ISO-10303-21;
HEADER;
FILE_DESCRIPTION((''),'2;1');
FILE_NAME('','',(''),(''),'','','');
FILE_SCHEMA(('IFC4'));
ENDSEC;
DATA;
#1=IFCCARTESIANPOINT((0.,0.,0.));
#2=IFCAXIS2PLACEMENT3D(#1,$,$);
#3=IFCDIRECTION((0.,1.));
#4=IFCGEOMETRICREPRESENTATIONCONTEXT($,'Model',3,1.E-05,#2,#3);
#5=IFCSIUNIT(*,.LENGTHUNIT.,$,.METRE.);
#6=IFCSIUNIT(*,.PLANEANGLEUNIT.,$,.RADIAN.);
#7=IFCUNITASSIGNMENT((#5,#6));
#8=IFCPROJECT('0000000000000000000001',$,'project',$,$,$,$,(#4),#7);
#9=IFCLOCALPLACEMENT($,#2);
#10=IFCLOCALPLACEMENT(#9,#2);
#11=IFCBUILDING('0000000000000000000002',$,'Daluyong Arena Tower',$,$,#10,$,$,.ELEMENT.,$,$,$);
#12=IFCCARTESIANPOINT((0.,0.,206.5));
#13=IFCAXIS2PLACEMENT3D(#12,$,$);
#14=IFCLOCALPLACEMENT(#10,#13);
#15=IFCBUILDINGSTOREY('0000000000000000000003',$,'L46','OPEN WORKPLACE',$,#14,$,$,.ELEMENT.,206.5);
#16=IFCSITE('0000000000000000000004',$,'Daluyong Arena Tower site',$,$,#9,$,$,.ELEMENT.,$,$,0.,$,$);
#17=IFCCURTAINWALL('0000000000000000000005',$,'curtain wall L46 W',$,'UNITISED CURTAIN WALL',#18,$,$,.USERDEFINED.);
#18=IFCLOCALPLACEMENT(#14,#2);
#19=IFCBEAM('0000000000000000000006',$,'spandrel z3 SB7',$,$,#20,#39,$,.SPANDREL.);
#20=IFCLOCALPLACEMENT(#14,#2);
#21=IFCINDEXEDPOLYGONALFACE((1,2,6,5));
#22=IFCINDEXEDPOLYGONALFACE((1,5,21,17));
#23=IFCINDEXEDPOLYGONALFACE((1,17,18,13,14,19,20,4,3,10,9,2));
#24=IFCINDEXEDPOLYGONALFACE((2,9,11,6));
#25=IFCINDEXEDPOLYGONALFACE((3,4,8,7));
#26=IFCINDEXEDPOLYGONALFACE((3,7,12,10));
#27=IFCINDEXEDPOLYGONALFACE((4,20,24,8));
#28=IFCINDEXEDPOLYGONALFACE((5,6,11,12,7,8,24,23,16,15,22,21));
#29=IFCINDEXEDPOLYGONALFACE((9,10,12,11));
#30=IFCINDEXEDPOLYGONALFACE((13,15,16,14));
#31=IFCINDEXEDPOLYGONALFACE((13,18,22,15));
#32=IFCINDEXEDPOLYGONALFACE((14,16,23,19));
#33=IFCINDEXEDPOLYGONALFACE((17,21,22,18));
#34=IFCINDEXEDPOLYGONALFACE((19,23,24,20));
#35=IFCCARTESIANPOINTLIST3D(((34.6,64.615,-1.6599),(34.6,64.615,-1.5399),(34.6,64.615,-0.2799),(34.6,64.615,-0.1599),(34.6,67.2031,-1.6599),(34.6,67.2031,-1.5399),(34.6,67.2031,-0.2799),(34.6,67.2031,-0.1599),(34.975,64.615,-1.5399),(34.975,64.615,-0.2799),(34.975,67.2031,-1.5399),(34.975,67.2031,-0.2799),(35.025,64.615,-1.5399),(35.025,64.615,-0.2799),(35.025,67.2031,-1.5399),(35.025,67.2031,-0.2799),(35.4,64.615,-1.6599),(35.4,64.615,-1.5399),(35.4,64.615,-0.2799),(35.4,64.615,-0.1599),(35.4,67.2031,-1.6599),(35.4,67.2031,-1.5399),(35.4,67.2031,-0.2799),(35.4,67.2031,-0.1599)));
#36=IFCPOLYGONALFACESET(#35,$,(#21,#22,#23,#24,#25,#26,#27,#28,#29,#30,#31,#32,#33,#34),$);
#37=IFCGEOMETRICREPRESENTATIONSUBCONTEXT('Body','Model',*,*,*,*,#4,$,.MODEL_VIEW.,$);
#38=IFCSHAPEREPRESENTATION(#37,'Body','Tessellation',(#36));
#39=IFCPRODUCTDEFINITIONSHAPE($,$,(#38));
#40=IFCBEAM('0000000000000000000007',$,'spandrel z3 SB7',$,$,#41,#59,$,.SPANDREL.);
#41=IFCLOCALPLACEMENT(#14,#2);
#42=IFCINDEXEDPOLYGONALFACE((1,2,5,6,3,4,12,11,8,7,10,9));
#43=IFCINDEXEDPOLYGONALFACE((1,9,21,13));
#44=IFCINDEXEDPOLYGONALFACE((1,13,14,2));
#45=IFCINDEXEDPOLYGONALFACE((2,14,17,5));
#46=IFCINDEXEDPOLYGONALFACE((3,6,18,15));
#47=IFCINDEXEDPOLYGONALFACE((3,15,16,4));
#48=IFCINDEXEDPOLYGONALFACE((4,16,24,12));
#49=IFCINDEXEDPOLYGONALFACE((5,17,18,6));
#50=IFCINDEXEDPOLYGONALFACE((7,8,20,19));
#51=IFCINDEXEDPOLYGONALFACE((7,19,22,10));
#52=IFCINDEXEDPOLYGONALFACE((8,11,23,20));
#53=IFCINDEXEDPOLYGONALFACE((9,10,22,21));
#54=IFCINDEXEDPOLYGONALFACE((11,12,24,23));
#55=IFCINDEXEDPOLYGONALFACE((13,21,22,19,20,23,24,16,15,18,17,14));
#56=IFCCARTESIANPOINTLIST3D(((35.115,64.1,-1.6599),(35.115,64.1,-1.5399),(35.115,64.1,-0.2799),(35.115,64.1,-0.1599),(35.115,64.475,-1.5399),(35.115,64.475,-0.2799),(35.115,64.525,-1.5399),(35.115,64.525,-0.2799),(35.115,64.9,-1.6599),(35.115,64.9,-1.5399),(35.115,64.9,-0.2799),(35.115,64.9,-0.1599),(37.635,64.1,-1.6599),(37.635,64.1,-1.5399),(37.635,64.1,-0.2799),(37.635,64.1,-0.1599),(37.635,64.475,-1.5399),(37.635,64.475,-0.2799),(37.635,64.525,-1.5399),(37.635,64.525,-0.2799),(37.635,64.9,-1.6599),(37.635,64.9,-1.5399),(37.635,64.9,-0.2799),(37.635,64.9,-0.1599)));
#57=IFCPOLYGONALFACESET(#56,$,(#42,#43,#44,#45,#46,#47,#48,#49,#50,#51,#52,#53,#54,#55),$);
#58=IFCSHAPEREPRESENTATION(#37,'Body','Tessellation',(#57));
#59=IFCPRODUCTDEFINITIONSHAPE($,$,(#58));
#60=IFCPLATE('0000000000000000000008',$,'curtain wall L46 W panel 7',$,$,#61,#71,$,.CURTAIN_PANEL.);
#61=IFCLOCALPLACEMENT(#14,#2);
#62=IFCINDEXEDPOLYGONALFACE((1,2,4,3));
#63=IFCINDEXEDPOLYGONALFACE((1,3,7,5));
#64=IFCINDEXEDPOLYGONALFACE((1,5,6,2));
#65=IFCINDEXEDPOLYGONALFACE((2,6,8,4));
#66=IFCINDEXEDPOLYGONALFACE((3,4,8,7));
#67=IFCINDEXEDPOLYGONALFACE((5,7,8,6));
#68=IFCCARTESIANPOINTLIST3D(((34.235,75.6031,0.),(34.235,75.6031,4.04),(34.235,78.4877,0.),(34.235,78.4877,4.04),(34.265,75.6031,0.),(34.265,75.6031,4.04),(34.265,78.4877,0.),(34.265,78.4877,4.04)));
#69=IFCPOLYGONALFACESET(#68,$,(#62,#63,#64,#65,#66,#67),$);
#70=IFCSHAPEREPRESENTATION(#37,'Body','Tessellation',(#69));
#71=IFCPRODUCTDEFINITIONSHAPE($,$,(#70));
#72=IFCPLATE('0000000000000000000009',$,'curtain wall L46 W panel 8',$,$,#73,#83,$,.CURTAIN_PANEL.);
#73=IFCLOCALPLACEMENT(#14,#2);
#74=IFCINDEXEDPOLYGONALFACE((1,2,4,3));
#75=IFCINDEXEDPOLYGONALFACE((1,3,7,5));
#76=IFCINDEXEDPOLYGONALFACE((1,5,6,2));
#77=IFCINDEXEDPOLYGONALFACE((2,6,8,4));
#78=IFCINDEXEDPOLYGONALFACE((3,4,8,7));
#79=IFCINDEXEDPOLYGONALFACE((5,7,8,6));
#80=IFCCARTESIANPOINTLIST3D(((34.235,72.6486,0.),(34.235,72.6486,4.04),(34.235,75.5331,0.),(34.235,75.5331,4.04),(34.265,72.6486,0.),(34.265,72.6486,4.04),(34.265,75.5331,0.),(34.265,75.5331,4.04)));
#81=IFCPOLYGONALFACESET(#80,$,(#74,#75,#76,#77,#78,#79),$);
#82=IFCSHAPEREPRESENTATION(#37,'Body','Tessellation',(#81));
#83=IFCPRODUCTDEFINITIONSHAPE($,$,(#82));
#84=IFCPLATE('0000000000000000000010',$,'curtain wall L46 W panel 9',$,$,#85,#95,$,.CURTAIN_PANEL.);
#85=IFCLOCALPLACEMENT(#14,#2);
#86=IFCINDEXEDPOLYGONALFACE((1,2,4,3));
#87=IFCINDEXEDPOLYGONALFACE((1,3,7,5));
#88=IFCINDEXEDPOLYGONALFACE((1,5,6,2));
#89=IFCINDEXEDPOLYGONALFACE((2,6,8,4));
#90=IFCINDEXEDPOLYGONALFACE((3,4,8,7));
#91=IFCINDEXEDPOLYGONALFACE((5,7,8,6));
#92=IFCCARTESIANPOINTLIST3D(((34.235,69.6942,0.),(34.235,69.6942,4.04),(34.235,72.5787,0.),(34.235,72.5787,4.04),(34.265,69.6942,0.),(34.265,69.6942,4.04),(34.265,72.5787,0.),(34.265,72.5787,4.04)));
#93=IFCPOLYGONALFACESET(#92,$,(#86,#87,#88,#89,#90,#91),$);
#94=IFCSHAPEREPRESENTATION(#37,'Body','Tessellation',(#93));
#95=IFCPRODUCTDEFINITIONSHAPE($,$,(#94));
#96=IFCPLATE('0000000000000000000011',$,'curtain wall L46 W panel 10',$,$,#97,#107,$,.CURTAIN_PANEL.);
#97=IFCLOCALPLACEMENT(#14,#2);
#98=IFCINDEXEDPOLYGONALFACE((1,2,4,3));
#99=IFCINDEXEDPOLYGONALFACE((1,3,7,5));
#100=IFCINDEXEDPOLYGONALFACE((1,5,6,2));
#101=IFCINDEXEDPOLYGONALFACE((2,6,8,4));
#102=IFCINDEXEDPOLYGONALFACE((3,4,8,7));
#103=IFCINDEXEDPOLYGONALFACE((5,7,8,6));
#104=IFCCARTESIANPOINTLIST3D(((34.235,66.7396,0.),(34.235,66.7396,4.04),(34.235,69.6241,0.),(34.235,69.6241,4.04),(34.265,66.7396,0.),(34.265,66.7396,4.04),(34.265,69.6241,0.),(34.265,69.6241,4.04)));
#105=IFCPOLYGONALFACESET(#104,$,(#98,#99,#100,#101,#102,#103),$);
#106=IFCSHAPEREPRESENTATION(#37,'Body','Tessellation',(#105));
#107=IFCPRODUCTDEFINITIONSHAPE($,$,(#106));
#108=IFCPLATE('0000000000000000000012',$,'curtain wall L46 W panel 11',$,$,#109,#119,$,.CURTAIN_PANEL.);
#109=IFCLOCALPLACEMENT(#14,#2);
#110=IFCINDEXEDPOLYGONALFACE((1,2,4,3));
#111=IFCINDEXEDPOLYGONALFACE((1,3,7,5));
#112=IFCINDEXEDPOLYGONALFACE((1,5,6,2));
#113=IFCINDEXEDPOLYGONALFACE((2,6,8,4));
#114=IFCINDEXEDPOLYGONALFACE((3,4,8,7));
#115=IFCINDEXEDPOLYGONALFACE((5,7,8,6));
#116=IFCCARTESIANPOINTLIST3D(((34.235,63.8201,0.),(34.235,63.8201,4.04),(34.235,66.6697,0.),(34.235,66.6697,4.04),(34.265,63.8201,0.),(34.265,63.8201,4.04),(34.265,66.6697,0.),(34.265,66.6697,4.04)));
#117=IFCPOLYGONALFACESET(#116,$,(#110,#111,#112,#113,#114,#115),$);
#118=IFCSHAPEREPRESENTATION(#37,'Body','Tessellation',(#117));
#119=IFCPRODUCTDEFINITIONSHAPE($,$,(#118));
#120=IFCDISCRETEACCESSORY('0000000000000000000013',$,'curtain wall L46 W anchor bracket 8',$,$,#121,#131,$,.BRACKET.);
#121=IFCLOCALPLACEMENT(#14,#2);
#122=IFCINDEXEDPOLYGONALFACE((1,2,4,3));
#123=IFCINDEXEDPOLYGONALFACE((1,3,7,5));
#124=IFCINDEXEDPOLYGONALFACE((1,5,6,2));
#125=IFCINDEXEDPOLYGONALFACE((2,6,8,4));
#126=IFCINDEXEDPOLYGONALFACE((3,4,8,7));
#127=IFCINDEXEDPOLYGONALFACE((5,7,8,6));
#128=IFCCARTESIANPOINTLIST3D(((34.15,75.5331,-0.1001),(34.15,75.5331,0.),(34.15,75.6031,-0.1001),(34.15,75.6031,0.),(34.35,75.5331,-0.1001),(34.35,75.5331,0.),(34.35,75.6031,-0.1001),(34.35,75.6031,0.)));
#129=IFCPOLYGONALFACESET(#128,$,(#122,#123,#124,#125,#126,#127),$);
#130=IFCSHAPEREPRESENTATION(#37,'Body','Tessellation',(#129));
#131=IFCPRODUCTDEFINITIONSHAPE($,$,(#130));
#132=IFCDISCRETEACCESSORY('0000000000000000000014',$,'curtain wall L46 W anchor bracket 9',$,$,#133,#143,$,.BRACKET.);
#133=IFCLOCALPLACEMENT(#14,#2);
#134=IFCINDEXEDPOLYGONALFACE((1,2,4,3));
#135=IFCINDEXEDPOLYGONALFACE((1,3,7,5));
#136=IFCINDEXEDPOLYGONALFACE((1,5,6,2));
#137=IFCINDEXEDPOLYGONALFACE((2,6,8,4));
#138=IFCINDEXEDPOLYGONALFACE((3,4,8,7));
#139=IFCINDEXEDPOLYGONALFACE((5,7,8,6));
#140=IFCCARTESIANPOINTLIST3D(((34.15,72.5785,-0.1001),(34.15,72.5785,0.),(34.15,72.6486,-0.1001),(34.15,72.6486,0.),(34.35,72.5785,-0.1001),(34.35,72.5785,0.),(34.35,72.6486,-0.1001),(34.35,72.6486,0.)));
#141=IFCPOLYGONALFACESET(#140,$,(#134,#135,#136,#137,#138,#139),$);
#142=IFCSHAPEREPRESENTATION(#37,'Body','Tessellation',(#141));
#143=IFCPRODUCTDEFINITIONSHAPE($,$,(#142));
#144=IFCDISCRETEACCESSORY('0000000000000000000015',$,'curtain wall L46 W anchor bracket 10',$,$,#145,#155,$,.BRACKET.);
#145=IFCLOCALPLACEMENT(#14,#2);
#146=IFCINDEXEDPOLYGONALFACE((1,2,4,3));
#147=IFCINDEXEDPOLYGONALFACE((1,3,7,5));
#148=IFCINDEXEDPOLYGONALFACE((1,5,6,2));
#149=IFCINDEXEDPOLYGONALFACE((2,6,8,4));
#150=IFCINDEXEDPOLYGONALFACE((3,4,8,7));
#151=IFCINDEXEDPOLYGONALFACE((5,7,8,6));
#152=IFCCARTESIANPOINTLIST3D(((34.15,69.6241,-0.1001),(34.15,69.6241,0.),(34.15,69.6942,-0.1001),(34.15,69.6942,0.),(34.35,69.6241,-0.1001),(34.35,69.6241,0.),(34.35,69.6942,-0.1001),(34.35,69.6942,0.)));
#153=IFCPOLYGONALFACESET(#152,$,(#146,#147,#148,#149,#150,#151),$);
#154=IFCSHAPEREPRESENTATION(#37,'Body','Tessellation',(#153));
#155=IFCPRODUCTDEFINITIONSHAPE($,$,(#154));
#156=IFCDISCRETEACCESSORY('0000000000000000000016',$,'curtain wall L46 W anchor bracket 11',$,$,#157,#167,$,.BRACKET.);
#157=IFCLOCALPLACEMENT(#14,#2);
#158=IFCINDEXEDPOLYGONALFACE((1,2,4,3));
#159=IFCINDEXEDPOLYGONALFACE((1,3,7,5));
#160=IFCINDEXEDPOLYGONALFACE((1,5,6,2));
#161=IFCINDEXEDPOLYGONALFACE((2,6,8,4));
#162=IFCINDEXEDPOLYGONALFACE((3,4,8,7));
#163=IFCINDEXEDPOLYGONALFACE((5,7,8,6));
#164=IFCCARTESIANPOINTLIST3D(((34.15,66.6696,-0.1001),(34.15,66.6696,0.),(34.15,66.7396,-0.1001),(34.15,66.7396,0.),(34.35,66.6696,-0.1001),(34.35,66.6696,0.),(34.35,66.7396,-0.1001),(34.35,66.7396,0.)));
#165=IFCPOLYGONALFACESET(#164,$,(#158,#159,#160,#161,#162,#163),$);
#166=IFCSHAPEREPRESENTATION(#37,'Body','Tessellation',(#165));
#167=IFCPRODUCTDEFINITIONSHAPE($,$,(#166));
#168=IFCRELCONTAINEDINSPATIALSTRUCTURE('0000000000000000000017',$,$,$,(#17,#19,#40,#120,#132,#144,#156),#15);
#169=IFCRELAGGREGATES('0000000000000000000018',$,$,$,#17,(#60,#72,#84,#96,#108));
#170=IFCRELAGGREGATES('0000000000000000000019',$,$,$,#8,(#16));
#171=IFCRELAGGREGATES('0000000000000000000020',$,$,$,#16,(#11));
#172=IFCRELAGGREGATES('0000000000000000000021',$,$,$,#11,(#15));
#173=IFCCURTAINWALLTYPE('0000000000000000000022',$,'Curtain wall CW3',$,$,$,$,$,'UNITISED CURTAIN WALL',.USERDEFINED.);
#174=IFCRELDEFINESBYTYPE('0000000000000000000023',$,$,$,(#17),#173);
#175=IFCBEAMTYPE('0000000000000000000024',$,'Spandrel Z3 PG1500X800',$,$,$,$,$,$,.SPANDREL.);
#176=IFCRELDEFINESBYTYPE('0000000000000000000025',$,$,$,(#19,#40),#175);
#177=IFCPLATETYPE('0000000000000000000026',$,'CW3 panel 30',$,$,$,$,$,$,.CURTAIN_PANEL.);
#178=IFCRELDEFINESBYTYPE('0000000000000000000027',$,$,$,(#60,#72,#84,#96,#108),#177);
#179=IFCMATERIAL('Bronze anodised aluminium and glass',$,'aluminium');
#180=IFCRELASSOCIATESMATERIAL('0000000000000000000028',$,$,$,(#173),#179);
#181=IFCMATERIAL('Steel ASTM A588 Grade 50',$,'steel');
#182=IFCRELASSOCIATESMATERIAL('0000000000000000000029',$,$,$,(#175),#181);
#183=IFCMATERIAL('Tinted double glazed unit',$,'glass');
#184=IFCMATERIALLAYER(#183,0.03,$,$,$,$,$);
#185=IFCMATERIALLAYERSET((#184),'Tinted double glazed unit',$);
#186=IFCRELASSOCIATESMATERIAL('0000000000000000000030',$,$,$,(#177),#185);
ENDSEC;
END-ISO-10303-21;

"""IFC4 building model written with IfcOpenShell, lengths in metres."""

from ifc_helpers import new_model, si_unit, direction, frame, origin, origin_2d, place, context, subcontext, project, spatial, rectangle, i_section, extrude, material, layer, layer_set, material_profile, profile_set, type_object, element, aggregate, save


model = new_model("IFC4")

# Units and contexts
model_context = context("Model", 3, precision=1e-05, world=origin(), true_north=direction((0.0, 1.0)))
body_context = subcontext(model_context, "Body", "Model", "MODEL_VIEW")
ifc_project = project(units=[si_unit("LENGTHUNIT", "METRE"), si_unit("PLANEANGLEUNIT", "RADIAN")], contexts=[model_context])

# Site, building, storey
site_placement = place(None, origin())
site = spatial("IfcSite", under=ifc_project, at=site_placement, Name="Daluyong Arena Tower site", CompositionType="ELEMENT", RefElevation=0.0)
building_placement = place(site_placement, origin())
building = spatial("IfcBuilding", under=site, at=building_placement, Name="Daluyong Arena Tower", CompositionType="ELEMENT")
storey_placement = place(building_placement, frame((0.0, 0.0, 206.5)))
storey = spatial("IfcBuildingStorey", under=building, at=storey_placement, Name="L46", Description="OPEN WORKPLACE", CompositionType="ELEMENT", Elevation=206.5)

# Curtain wall
ifc_material_1 = material(Name="Bronze anodised aluminium and glass", Category="aluminium")
curtain_wall_type_1 = type_object("IfcCurtainWallType", Name="Curtain wall CW3", ElementType="UNITISED CURTAIN WALL", PredefinedType="USERDEFINED", material=ifc_material_1)
curtain_wall_1_placement = place(storey_placement, origin())
curtain_wall_1 = element("IfcCurtainWall", 1, at=curtain_wall_1_placement, inside=storey, type_object=curtain_wall_type_1, Name="curtain wall L46 W", ObjectType="UNITISED CURTAIN WALL", PredefinedType="USERDEFINED")

# Beams
ifc_material_2 = material(Name="Steel ASTM A588 Grade 50", Category="steel")
ifc_material_profile_1 = material_profile(ifc_material_2, i_section(OverallWidth=0.8, OverallDepth=1.5, WebThickness=0.05, FlangeThickness=0.12, at=origin_2d()))
ifc_profile_set_1 = profile_set([ifc_material_profile_1], Name="Steel ASTM A588 Grade 50")
beam_type_1 = type_object("IfcBeamType", Name="Spandrel Z3 PG1500X800", PredefinedType="SPANDREL", material=ifc_profile_set_1)
beam_1_placement = place(storey_placement, frame((35.0, 67.2031, -0.9099), z_axis=(0.0, -1.0, 0.0), x_axis=(1.0, 0.0, 0.0)))
element("IfcBeam", 2, at=beam_1_placement, inside=storey, type_object=beam_type_1, Name="spandrel z3 SB7", PredefinedType="SPANDREL", context=body_context, shape_type="SweptSolid", body=[
    extrude(i_section(OverallWidth=0.8, OverallDepth=1.5, WebThickness=0.05, FlangeThickness=0.12, at=origin_2d()), origin(), (0.0, 0.0, 1.0), 2.5881),
])
beam_2_placement = place(storey_placement, frame((35.115, 64.5, -0.9099), z_axis=(1.0, 0.0, 0.0), x_axis=(0.0, 1.0, 0.0)))
element("IfcBeam", 3, at=beam_2_placement, inside=storey, type_object=beam_type_1, Name="spandrel z3 SB7", PredefinedType="SPANDREL", context=body_context, shape_type="SweptSolid", body=[
    extrude(i_section(OverallWidth=0.8, OverallDepth=1.5, WebThickness=0.05, FlangeThickness=0.12, at=origin_2d()), origin(), (0.0, 0.0, 1.0), 2.52),
])

# Plates
ifc_material_3 = material(Name="Tinted double glazed unit", Category="glass")
ifc_layer = layer(ifc_material_3, 0.03)
ifc_layer_set = layer_set([ifc_layer], Name="Tinted double glazed unit")
plate_type = type_object("IfcPlateType", Name="CW3 panel 30", PredefinedType="CURTAIN_PANEL", material=ifc_layer_set)
plate_1_placement = place(storey_placement, frame((34.25, 77.0454, 0.0), z_axis=(0.0, 0.0, 1.0), x_axis=(0.0, -1.0, 0.0)))
plate_1 = element("IfcPlate", 4, at=plate_1_placement, type_object=plate_type, Name="curtain wall L46 W panel 7", PredefinedType="CURTAIN_PANEL", context=body_context, shape_type="SweptSolid", body=[
    extrude(rectangle(XDim=2.8845, YDim=0.03, at=origin_2d()), origin(), (0.0, 0.0, 1.0), 4.04),
])
plate_2_placement = place(storey_placement, frame((34.25, 74.0908, 0.0), z_axis=(0.0, 0.0, 1.0), x_axis=(0.0, -1.0, 0.0)))
plate_2 = element("IfcPlate", 5, at=plate_2_placement, type_object=plate_type, Name="curtain wall L46 W panel 8", PredefinedType="CURTAIN_PANEL", context=body_context, shape_type="SweptSolid", body=[
    extrude(rectangle(XDim=2.8845, YDim=0.03, at=origin_2d()), origin(), (0.0, 0.0, 1.0), 4.04),
])
plate_3_placement = place(storey_placement, frame((34.25, 71.1365, 0.0), z_axis=(0.0, 0.0, 1.0), x_axis=(0.0, -1.0, 0.0)))
plate_3 = element("IfcPlate", 6, at=plate_3_placement, type_object=plate_type, Name="curtain wall L46 W panel 9", PredefinedType="CURTAIN_PANEL", context=body_context, shape_type="SweptSolid", body=[
    extrude(rectangle(XDim=2.8845, YDim=0.03, at=origin_2d()), origin(), (0.0, 0.0, 1.0), 4.04),
])
plate_4_placement = place(storey_placement, frame((34.25, 68.1819, 0.0), z_axis=(0.0, 0.0, 1.0), x_axis=(0.0, -1.0, 0.0)))
plate_4 = element("IfcPlate", 7, at=plate_4_placement, type_object=plate_type, Name="curtain wall L46 W panel 10", PredefinedType="CURTAIN_PANEL", context=body_context, shape_type="SweptSolid", body=[
    extrude(rectangle(XDim=2.8845, YDim=0.03, at=origin_2d()), origin(), (0.0, 0.0, 1.0), 4.04),
])
plate_5_placement = place(storey_placement, frame((34.25, 65.2449, 0.0), z_axis=(0.0, 0.0, 1.0), x_axis=(0.0, -1.0, 0.0)))
plate_5 = element("IfcPlate", 8, at=plate_5_placement, type_object=plate_type, Name="curtain wall L46 W panel 11", PredefinedType="CURTAIN_PANEL", context=body_context, shape_type="SweptSolid", body=[
    extrude(rectangle(XDim=2.8496, YDim=0.03, at=origin_2d()), origin(), (0.0, 0.0, 1.0), 4.04),
])
aggregate(curtain_wall_1, [plate_1, plate_2, plate_3, plate_4, plate_5])

# Discrete accessories
for number, where, z_axis, x_axis, name in (
    (9, (34.25, 75.5681, -0.1001), (0.0, 0.0, 1.0), (0.0, -1.0, 0.0), "curtain wall L46 W anchor bracket 8"),
    (10, (34.25, 72.6135, -0.1001), (0.0, 0.0, 1.0), (0.0, -1.0, 0.0), "curtain wall L46 W anchor bracket 9"),
    (11, (34.25, 69.6592, -0.1001), (0.0, 0.0, 1.0), (0.0, -1.0, 0.0), "curtain wall L46 W anchor bracket 10"),
    (12, (34.25, 66.7046, -0.1001), (0.0, 0.0, 1.0), (0.0, -1.0, 0.0), "curtain wall L46 W anchor bracket 11"),
):
    element("IfcDiscreteAccessory", number, at=place(storey_placement, frame(where, z_axis=z_axis, x_axis=x_axis)), inside=storey, Name=name, PredefinedType="BRACKET", context=body_context, shape_type="SweptSolid", body=[
        extrude(rectangle(XDim=0.0701, YDim=0.2, at=origin_2d()), origin(), (0.0, 0.0, 1.0), 0.1001),
    ])

save(model, "model.ifc")
